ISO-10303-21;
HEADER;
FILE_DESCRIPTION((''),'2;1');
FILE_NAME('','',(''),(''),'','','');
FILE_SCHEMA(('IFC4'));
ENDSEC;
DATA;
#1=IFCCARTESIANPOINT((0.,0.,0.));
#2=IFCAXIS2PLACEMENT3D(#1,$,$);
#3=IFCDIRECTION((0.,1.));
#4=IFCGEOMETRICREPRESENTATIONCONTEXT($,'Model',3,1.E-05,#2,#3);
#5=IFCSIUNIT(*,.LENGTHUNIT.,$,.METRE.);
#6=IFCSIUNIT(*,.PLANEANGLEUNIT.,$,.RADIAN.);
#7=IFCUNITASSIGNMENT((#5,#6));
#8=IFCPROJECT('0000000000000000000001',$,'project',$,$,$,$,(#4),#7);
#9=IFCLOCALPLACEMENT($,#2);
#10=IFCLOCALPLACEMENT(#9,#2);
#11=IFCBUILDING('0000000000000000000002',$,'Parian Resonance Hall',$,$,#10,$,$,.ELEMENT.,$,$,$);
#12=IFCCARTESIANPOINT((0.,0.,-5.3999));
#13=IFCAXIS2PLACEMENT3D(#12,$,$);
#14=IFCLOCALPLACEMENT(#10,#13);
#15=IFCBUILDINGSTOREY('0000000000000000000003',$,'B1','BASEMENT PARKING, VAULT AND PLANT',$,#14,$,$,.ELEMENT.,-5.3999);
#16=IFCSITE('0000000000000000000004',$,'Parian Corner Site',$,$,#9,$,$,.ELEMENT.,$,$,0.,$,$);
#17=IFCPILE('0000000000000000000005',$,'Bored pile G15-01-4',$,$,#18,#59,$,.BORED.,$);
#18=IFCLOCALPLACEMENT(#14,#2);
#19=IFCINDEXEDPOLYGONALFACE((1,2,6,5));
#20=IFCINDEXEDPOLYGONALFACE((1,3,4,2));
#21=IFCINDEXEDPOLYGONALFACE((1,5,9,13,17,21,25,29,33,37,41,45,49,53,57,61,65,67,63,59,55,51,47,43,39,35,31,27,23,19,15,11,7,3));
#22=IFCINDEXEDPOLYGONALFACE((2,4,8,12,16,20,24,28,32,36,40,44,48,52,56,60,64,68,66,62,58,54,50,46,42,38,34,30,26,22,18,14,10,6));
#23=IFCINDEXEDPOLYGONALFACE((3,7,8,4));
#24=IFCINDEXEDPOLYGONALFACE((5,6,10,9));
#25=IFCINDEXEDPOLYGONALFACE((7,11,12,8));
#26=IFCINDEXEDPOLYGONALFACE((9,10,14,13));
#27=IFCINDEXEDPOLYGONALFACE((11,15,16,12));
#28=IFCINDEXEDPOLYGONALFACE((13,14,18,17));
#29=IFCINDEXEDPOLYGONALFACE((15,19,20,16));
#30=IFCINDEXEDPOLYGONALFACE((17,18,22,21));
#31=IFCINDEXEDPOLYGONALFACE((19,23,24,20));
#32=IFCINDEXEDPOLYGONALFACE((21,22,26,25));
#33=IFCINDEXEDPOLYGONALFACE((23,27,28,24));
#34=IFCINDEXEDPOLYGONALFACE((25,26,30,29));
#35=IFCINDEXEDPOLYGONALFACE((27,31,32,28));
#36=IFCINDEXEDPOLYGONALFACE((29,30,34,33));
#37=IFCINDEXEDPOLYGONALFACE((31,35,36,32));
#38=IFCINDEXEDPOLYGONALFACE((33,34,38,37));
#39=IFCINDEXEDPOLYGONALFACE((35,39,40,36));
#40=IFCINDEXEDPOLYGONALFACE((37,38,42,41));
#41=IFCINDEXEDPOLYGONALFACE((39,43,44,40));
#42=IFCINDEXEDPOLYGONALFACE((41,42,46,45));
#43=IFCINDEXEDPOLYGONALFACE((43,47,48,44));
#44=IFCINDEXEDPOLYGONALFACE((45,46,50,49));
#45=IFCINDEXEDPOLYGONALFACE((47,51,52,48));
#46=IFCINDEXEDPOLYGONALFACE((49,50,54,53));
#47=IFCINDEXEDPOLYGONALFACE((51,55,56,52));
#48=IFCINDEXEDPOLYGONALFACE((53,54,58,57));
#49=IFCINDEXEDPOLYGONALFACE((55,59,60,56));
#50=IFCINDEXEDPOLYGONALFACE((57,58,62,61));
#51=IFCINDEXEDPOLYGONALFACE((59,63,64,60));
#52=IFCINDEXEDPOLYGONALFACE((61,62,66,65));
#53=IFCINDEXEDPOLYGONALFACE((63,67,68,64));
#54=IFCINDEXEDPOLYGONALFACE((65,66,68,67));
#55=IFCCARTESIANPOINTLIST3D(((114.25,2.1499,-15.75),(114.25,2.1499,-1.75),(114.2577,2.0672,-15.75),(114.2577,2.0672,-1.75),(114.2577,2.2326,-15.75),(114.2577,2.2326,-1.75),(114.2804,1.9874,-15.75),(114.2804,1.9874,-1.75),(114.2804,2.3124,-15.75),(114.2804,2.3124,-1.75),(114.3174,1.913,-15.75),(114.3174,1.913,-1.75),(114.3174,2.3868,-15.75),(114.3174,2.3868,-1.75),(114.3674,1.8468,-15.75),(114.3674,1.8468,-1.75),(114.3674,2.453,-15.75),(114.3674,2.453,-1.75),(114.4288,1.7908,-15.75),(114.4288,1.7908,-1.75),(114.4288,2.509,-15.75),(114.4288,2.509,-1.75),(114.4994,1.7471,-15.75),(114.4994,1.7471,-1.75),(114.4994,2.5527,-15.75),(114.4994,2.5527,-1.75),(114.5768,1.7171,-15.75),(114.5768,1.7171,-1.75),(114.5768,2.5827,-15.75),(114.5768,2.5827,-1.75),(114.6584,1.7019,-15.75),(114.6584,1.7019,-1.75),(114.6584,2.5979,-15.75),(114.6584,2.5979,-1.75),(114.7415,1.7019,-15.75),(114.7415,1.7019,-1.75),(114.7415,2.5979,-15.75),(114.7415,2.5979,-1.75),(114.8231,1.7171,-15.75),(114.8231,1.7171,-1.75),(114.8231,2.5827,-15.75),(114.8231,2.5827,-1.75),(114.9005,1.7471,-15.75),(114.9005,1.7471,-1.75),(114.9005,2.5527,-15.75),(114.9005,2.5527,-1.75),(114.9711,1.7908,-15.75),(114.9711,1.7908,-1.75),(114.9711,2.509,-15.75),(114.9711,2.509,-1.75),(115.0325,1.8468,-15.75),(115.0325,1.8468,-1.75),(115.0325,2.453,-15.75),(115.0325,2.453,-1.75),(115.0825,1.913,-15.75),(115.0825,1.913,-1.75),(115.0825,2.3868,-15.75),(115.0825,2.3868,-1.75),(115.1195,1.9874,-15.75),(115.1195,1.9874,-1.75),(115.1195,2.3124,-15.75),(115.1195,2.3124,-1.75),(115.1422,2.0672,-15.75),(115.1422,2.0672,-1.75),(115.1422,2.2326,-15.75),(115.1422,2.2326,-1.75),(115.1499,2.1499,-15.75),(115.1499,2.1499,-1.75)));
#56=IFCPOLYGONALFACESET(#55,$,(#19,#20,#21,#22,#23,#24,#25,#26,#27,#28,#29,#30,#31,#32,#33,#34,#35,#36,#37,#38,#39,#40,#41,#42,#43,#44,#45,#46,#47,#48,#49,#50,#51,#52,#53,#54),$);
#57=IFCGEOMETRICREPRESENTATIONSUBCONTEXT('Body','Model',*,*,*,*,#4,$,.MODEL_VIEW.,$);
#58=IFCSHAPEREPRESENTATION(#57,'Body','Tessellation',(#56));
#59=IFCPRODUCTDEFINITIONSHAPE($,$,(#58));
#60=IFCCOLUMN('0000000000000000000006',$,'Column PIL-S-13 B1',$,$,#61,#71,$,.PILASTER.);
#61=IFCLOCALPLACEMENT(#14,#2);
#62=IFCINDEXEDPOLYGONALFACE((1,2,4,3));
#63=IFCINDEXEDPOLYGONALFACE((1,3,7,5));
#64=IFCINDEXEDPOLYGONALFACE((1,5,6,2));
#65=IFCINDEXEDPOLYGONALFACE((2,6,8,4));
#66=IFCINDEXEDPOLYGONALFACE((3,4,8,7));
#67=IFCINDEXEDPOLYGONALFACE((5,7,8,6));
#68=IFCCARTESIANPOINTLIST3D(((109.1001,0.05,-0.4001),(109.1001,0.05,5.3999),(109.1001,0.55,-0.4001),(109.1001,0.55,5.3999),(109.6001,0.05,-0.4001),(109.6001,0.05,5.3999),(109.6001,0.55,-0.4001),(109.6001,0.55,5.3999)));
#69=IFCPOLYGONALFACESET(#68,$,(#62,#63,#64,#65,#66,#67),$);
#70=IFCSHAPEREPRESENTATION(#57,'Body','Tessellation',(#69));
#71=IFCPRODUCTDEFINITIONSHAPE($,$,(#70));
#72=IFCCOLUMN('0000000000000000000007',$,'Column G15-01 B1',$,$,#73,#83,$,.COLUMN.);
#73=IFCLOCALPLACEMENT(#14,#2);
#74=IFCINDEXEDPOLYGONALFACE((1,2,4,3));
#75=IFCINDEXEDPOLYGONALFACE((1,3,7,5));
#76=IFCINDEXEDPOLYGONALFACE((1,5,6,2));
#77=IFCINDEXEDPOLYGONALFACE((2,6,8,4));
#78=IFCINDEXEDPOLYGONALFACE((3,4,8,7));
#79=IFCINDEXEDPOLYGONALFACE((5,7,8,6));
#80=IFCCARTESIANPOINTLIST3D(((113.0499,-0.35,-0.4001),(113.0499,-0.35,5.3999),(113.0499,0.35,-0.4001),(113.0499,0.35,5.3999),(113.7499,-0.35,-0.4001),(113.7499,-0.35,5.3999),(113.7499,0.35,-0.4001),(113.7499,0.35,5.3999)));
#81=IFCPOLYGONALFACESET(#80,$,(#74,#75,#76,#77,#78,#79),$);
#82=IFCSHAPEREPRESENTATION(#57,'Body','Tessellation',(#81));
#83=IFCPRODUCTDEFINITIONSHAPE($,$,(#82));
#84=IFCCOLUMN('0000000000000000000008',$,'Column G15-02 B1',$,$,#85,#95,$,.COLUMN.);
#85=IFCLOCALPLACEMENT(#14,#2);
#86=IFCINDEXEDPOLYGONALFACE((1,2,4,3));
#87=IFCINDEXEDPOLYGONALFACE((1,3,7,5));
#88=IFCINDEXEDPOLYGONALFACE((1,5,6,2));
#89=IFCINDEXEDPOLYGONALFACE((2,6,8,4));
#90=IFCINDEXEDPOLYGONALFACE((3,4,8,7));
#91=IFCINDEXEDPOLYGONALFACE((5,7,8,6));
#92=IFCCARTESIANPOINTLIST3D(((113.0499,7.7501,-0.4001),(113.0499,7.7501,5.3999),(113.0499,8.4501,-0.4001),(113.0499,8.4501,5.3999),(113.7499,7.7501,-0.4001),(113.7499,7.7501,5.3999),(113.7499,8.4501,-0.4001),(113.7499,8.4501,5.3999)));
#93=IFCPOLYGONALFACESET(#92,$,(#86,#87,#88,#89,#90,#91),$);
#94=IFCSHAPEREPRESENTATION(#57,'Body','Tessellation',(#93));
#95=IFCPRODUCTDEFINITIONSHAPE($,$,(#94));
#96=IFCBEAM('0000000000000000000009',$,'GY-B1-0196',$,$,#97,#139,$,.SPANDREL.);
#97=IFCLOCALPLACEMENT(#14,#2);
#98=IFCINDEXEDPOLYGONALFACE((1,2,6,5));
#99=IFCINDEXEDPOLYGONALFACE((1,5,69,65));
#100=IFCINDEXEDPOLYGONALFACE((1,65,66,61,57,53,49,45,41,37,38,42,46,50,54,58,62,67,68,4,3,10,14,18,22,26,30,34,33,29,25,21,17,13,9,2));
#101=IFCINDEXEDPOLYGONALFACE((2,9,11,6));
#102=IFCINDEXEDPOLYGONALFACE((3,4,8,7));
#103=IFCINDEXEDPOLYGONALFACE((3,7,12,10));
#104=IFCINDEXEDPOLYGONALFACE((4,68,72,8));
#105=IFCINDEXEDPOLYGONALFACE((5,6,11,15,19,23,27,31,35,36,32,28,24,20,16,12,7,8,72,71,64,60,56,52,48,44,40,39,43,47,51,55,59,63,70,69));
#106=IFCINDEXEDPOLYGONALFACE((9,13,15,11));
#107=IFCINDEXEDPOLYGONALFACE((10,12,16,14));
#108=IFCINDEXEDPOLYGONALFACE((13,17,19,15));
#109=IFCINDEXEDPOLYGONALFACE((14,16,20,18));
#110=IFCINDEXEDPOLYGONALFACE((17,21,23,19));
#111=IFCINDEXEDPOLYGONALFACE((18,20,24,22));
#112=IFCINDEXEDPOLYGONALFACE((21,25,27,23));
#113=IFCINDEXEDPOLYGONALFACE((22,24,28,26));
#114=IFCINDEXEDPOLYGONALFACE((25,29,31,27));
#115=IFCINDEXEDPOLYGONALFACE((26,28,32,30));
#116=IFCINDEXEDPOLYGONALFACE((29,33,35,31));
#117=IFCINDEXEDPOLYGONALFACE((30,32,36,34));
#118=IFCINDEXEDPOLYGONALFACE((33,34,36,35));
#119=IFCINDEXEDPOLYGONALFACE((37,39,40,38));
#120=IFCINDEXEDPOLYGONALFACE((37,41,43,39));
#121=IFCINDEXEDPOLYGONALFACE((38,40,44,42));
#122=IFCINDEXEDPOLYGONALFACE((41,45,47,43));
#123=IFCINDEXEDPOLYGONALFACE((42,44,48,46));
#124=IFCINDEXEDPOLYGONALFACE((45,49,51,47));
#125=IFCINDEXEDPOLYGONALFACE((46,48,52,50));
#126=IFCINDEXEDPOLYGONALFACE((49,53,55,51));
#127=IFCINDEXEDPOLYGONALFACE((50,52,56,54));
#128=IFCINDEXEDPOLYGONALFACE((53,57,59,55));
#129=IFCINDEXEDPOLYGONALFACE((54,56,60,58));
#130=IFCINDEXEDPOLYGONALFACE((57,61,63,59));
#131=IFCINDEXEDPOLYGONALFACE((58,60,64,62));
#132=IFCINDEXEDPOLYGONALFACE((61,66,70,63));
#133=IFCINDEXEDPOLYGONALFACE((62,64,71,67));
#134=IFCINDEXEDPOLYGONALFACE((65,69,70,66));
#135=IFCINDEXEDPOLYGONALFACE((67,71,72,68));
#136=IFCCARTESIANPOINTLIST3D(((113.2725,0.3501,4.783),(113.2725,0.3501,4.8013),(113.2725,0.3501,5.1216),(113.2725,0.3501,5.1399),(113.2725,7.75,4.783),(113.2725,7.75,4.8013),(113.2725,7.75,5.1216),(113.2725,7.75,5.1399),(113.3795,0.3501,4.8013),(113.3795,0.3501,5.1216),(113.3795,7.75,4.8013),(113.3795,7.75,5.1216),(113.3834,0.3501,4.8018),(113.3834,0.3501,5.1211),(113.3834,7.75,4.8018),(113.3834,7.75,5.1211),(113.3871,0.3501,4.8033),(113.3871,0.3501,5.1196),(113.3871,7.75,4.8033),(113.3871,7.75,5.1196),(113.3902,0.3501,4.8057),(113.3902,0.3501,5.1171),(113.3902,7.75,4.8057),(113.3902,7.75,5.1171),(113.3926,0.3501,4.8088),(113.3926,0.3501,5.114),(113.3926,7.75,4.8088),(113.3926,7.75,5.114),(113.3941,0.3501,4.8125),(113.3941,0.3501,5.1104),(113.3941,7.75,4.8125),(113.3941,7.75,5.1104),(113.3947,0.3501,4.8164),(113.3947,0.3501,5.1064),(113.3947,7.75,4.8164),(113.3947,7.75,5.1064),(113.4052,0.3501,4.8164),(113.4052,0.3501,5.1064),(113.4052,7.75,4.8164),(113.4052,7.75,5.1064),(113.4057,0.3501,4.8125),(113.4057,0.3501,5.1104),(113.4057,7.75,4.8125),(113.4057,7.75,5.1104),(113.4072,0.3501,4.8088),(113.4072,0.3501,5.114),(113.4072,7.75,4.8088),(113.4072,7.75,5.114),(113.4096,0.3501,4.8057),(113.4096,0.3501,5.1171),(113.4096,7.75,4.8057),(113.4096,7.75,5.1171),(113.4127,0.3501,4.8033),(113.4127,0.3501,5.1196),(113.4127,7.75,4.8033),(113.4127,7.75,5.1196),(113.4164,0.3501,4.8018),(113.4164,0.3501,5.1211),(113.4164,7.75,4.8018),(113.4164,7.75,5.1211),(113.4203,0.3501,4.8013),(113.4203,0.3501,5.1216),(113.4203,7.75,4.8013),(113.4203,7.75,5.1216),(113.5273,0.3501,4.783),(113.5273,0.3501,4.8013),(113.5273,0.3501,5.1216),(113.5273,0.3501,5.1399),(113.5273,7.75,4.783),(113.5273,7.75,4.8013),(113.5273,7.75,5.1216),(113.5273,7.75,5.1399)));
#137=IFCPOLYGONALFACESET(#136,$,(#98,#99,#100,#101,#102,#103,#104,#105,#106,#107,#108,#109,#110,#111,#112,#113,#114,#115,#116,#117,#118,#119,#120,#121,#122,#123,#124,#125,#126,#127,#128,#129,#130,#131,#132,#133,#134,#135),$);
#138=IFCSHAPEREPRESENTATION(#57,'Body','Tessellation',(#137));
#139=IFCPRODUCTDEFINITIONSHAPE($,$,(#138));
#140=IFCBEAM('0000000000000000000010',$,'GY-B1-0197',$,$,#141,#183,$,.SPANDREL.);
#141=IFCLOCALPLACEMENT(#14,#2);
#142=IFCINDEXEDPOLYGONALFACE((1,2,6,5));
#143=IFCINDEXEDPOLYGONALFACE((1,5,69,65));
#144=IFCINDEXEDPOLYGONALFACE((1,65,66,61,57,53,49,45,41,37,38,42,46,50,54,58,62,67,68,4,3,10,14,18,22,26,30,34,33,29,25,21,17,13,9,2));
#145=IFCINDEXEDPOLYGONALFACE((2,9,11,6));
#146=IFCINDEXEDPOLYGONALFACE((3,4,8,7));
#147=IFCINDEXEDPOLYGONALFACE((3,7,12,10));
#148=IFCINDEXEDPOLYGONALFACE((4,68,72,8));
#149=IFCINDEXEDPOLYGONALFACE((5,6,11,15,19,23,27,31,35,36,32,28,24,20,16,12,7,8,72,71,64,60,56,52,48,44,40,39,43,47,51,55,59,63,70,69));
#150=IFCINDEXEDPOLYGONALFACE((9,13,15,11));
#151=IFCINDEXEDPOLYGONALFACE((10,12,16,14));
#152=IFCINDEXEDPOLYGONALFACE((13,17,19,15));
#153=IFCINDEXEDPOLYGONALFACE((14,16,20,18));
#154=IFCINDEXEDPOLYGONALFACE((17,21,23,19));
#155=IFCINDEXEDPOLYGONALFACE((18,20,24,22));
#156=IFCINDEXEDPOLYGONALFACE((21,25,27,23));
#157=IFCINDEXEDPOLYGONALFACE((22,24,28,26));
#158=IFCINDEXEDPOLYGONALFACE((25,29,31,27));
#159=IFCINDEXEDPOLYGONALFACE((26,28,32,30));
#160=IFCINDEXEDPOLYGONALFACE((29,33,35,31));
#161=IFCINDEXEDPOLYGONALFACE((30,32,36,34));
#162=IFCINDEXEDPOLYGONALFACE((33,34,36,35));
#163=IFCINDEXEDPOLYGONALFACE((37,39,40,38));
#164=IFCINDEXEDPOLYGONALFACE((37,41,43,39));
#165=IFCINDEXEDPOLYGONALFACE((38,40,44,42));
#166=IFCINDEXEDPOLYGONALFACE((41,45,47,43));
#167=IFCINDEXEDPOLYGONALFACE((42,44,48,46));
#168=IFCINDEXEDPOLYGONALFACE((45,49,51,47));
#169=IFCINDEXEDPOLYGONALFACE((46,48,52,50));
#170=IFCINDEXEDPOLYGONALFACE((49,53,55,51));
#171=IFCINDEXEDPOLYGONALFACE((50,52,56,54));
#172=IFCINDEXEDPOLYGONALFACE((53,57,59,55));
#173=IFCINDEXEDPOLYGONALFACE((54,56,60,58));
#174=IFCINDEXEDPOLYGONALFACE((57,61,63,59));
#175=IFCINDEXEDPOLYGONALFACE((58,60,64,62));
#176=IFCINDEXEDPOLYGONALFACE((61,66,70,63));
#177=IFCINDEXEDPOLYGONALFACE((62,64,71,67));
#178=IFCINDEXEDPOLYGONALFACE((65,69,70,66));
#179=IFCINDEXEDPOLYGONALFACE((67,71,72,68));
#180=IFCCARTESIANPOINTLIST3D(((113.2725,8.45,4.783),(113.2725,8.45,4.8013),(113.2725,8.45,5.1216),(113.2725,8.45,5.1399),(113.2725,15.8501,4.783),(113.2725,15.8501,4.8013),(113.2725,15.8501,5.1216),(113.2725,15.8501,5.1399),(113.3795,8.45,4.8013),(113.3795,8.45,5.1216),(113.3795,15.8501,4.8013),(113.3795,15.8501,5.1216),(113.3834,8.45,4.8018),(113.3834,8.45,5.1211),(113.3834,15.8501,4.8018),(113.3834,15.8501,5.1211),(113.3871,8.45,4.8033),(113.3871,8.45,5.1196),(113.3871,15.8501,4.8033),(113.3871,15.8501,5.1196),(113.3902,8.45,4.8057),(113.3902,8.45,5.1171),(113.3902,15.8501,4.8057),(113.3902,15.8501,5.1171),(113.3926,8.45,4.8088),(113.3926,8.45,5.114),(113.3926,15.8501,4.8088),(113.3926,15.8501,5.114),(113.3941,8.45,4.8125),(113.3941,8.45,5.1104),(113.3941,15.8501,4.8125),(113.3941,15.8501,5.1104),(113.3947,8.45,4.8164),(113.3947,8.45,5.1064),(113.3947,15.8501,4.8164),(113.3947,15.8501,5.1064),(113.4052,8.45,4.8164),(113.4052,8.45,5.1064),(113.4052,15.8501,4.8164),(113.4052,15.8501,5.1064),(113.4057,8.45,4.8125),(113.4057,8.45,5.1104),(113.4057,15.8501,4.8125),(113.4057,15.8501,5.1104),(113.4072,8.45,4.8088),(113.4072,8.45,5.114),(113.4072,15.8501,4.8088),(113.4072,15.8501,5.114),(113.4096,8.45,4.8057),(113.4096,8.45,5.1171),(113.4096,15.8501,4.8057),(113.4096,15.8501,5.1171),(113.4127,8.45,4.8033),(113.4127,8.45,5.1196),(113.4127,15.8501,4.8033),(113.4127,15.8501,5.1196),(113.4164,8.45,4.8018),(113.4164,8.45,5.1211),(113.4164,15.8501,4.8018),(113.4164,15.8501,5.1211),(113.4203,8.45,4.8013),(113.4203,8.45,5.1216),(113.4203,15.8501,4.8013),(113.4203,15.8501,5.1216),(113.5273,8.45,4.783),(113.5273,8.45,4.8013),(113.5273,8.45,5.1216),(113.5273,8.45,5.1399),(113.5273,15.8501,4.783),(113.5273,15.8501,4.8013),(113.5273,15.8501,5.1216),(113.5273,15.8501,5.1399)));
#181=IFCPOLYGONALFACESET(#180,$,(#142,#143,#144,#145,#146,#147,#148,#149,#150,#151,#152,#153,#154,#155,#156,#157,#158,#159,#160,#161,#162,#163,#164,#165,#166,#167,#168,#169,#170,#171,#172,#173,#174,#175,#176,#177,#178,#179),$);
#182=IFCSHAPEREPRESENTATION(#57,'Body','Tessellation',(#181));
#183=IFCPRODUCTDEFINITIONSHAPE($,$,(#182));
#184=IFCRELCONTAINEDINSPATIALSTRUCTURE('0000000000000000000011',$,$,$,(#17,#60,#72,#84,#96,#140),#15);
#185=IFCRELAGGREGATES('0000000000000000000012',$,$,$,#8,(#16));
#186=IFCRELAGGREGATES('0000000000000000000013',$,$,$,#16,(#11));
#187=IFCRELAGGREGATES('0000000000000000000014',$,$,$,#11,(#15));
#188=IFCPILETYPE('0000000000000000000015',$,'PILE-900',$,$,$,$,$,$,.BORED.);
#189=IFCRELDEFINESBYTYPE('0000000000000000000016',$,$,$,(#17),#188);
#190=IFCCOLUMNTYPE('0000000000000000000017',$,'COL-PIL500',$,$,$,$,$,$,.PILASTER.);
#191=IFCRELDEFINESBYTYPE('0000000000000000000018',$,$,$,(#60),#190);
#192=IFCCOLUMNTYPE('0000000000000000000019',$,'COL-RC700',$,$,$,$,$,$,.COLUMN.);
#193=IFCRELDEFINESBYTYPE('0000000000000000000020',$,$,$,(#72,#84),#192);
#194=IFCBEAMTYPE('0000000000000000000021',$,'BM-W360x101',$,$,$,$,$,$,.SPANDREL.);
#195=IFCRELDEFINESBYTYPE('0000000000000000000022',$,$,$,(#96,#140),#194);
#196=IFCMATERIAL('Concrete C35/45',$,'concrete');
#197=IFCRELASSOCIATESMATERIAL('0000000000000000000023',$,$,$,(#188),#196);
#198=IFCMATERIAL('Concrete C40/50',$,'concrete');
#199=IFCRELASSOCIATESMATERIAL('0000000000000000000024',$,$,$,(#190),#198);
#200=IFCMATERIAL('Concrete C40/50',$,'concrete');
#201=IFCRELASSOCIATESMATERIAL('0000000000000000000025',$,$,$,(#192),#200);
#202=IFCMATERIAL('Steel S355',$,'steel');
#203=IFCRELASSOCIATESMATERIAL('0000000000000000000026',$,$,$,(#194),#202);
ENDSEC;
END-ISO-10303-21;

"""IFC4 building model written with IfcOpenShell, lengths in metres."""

from ifc_helpers import new_model, si_unit, direction, frame, origin, origin_2d, place, context, subcontext, project, spatial, rectangle, circle, i_section, extrude, material, material_profile, profile_set, type_object, element, save


model = new_model("IFC4")

# Units and contexts
model_context = context("Model", 3, precision=1e-05, world=origin(), true_north=direction((0.0, 1.0)))
body_context = subcontext(model_context, "Body", "Model", "MODEL_VIEW")
ifc_project = project(units=[si_unit("LENGTHUNIT", "METRE"), si_unit("PLANEANGLEUNIT", "RADIAN")], contexts=[model_context])

# Site, building, storey
site_placement = place(None, origin())
site = spatial("IfcSite", under=ifc_project, at=site_placement, Name="Parian Corner Site", CompositionType="ELEMENT", RefElevation=0.0)
building_placement = place(site_placement, origin())
building = spatial("IfcBuilding", under=site, at=building_placement, Name="Parian Resonance Hall", CompositionType="ELEMENT")
storey_placement = place(building_placement, frame((0.0, 0.0, -5.3999)))
storey = spatial("IfcBuildingStorey", under=building, at=storey_placement, Name="B1", Description="BASEMENT PARKING, VAULT AND PLANT", CompositionType="ELEMENT", Elevation=-5.3999)

# Pile
ifc_material_1 = material(Name="Concrete C35/45", Category="concrete")
ifc_material_profile_1 = material_profile(ifc_material_1, circle(Radius=0.45, at=origin_2d()), Name="PILE-D900")
ifc_profile_set_1 = profile_set([ifc_material_profile_1], Name="Concrete C35/45")
pile_type_1 = type_object("IfcPileType", Name="PILE-900", PredefinedType="BORED", material=ifc_profile_set_1)
for number, where, z_axis, x_axis, name in (
    (1, (114.7, 2.1499, -1.75), (0.0, 0.0, -1.0), (1.0, 0.0, 0.0), "Bored pile G15-01-4"),
):
    element("IfcPile", number, at=place(storey_placement, frame(where, z_axis=z_axis, x_axis=x_axis)), inside=storey, type_object=pile_type_1, Name=name, PredefinedType="BORED", context=body_context, shape_type="SweptSolid", body=[
        extrude(circle(Radius=0.45, at=origin_2d()), origin(), (0.0, 0.0, 1.0), 14.0),
    ])

# Columns
ifc_material_2 = material(Name="Concrete C40/50", Category="concrete")
ifc_material_profile_2 = material_profile(ifc_material_2, rectangle(XDim=0.5, YDim=0.5, at=origin_2d()), Name="RC-COL-500x500")
ifc_profile_set_2 = profile_set([ifc_material_profile_2], Name="Concrete C40/50")
column_type_1 = type_object("IfcColumnType", Name="COL-PIL500", PredefinedType="PILASTER", material=ifc_profile_set_2)
column_placement = place(storey_placement, frame((109.3501, 0.3, -0.4001), z_axis=(0.0, 0.0, 1.0), x_axis=(1.0, 0.0, 0.0)))
element("IfcColumn", 2, at=column_placement, inside=storey, type_object=column_type_1, Name="Column PIL-S-13 B1", PredefinedType="PILASTER", context=body_context, shape_type="SweptSolid", body=[
    extrude(rectangle(XDim=0.5, YDim=0.5, at=origin_2d()), origin(), (0.0, 0.0, 1.0), 5.8),
])
ifc_material_3 = material(Name="Concrete C40/50", Category="concrete")
ifc_material_profile_3 = material_profile(ifc_material_3, rectangle(XDim=0.7, YDim=0.7, at=origin_2d()), Name="RC-COL-700x700")
ifc_profile_set_3 = profile_set([ifc_material_profile_3], Name="Concrete C40/50")
column_type_2 = type_object("IfcColumnType", Name="COL-RC700", PredefinedType="COLUMN", material=ifc_profile_set_3)
for number, where, z_axis, x_axis, name in (
    (3, (113.3999, 0.0, -0.4001), (0.0, 0.0, 1.0), (1.0, 0.0, 0.0), "Column G15-01 B1"),
    (4, (113.3999, 8.1001, -0.4001), (0.0, 0.0, 1.0), (1.0, 0.0, 0.0), "Column G15-02 B1"),
):
    element("IfcColumn", number, at=place(storey_placement, frame(where, z_axis=z_axis, x_axis=x_axis)), inside=storey, type_object=column_type_2, Name=name, PredefinedType="COLUMN", context=body_context, shape_type="SweptSolid", body=[
        extrude(rectangle(XDim=0.7, YDim=0.7, at=origin_2d()), origin(), (0.0, 0.0, 1.0), 5.8),
    ])

# Beams
ifc_material_4 = material(Name="Steel S355", Category="steel")
ifc_material_profile_4 = material_profile(ifc_material_4, i_section(OverallWidth=0.2549, OverallDepth=0.3569, WebThickness=0.0105, FlangeThickness=0.0183, FilletRadius=0.0151, at=origin_2d()), Name="W360x101")
ifc_profile_set_4 = profile_set([ifc_material_profile_4], Name="Steel S355")
beam_type_1 = type_object("IfcBeamType", Name="BM-W360x101", PredefinedType="SPANDREL", material=ifc_profile_set_4)
beam_1_placement = place(storey_placement, frame((113.3999, 0.3501, 4.9614), z_axis=(0.0, 1.0, 0.0), x_axis=(-1.0, 0.0, 0.0)))
element("IfcBeam", 5, at=beam_1_placement, inside=storey, type_object=beam_type_1, Name="GY-B1-0196", PredefinedType="SPANDREL", context=body_context, shape_type="SweptSolid", body=[
    extrude(i_section(OverallWidth=0.2549, OverallDepth=0.3569, WebThickness=0.0105, FlangeThickness=0.0183, FilletRadius=0.0151, at=origin_2d()), origin(), (0.0, 0.0, 1.0), 7.3999),
])
beam_2_placement = place(storey_placement, frame((113.3999, 8.45, 4.9614), z_axis=(0.0, 1.0, 0.0), x_axis=(-1.0, 0.0, 0.0)))
element("IfcBeam", 6, at=beam_2_placement, inside=storey, type_object=beam_type_1, Name="GY-B1-0197", PredefinedType="SPANDREL", context=body_context, shape_type="SweptSolid", body=[
    extrude(i_section(OverallWidth=0.2549, OverallDepth=0.3569, WebThickness=0.0105, FlangeThickness=0.0183, FilletRadius=0.0151, at=origin_2d()), origin(), (0.0, 0.0, 1.0), 7.4001),
])

save(model, "model.ifc")
